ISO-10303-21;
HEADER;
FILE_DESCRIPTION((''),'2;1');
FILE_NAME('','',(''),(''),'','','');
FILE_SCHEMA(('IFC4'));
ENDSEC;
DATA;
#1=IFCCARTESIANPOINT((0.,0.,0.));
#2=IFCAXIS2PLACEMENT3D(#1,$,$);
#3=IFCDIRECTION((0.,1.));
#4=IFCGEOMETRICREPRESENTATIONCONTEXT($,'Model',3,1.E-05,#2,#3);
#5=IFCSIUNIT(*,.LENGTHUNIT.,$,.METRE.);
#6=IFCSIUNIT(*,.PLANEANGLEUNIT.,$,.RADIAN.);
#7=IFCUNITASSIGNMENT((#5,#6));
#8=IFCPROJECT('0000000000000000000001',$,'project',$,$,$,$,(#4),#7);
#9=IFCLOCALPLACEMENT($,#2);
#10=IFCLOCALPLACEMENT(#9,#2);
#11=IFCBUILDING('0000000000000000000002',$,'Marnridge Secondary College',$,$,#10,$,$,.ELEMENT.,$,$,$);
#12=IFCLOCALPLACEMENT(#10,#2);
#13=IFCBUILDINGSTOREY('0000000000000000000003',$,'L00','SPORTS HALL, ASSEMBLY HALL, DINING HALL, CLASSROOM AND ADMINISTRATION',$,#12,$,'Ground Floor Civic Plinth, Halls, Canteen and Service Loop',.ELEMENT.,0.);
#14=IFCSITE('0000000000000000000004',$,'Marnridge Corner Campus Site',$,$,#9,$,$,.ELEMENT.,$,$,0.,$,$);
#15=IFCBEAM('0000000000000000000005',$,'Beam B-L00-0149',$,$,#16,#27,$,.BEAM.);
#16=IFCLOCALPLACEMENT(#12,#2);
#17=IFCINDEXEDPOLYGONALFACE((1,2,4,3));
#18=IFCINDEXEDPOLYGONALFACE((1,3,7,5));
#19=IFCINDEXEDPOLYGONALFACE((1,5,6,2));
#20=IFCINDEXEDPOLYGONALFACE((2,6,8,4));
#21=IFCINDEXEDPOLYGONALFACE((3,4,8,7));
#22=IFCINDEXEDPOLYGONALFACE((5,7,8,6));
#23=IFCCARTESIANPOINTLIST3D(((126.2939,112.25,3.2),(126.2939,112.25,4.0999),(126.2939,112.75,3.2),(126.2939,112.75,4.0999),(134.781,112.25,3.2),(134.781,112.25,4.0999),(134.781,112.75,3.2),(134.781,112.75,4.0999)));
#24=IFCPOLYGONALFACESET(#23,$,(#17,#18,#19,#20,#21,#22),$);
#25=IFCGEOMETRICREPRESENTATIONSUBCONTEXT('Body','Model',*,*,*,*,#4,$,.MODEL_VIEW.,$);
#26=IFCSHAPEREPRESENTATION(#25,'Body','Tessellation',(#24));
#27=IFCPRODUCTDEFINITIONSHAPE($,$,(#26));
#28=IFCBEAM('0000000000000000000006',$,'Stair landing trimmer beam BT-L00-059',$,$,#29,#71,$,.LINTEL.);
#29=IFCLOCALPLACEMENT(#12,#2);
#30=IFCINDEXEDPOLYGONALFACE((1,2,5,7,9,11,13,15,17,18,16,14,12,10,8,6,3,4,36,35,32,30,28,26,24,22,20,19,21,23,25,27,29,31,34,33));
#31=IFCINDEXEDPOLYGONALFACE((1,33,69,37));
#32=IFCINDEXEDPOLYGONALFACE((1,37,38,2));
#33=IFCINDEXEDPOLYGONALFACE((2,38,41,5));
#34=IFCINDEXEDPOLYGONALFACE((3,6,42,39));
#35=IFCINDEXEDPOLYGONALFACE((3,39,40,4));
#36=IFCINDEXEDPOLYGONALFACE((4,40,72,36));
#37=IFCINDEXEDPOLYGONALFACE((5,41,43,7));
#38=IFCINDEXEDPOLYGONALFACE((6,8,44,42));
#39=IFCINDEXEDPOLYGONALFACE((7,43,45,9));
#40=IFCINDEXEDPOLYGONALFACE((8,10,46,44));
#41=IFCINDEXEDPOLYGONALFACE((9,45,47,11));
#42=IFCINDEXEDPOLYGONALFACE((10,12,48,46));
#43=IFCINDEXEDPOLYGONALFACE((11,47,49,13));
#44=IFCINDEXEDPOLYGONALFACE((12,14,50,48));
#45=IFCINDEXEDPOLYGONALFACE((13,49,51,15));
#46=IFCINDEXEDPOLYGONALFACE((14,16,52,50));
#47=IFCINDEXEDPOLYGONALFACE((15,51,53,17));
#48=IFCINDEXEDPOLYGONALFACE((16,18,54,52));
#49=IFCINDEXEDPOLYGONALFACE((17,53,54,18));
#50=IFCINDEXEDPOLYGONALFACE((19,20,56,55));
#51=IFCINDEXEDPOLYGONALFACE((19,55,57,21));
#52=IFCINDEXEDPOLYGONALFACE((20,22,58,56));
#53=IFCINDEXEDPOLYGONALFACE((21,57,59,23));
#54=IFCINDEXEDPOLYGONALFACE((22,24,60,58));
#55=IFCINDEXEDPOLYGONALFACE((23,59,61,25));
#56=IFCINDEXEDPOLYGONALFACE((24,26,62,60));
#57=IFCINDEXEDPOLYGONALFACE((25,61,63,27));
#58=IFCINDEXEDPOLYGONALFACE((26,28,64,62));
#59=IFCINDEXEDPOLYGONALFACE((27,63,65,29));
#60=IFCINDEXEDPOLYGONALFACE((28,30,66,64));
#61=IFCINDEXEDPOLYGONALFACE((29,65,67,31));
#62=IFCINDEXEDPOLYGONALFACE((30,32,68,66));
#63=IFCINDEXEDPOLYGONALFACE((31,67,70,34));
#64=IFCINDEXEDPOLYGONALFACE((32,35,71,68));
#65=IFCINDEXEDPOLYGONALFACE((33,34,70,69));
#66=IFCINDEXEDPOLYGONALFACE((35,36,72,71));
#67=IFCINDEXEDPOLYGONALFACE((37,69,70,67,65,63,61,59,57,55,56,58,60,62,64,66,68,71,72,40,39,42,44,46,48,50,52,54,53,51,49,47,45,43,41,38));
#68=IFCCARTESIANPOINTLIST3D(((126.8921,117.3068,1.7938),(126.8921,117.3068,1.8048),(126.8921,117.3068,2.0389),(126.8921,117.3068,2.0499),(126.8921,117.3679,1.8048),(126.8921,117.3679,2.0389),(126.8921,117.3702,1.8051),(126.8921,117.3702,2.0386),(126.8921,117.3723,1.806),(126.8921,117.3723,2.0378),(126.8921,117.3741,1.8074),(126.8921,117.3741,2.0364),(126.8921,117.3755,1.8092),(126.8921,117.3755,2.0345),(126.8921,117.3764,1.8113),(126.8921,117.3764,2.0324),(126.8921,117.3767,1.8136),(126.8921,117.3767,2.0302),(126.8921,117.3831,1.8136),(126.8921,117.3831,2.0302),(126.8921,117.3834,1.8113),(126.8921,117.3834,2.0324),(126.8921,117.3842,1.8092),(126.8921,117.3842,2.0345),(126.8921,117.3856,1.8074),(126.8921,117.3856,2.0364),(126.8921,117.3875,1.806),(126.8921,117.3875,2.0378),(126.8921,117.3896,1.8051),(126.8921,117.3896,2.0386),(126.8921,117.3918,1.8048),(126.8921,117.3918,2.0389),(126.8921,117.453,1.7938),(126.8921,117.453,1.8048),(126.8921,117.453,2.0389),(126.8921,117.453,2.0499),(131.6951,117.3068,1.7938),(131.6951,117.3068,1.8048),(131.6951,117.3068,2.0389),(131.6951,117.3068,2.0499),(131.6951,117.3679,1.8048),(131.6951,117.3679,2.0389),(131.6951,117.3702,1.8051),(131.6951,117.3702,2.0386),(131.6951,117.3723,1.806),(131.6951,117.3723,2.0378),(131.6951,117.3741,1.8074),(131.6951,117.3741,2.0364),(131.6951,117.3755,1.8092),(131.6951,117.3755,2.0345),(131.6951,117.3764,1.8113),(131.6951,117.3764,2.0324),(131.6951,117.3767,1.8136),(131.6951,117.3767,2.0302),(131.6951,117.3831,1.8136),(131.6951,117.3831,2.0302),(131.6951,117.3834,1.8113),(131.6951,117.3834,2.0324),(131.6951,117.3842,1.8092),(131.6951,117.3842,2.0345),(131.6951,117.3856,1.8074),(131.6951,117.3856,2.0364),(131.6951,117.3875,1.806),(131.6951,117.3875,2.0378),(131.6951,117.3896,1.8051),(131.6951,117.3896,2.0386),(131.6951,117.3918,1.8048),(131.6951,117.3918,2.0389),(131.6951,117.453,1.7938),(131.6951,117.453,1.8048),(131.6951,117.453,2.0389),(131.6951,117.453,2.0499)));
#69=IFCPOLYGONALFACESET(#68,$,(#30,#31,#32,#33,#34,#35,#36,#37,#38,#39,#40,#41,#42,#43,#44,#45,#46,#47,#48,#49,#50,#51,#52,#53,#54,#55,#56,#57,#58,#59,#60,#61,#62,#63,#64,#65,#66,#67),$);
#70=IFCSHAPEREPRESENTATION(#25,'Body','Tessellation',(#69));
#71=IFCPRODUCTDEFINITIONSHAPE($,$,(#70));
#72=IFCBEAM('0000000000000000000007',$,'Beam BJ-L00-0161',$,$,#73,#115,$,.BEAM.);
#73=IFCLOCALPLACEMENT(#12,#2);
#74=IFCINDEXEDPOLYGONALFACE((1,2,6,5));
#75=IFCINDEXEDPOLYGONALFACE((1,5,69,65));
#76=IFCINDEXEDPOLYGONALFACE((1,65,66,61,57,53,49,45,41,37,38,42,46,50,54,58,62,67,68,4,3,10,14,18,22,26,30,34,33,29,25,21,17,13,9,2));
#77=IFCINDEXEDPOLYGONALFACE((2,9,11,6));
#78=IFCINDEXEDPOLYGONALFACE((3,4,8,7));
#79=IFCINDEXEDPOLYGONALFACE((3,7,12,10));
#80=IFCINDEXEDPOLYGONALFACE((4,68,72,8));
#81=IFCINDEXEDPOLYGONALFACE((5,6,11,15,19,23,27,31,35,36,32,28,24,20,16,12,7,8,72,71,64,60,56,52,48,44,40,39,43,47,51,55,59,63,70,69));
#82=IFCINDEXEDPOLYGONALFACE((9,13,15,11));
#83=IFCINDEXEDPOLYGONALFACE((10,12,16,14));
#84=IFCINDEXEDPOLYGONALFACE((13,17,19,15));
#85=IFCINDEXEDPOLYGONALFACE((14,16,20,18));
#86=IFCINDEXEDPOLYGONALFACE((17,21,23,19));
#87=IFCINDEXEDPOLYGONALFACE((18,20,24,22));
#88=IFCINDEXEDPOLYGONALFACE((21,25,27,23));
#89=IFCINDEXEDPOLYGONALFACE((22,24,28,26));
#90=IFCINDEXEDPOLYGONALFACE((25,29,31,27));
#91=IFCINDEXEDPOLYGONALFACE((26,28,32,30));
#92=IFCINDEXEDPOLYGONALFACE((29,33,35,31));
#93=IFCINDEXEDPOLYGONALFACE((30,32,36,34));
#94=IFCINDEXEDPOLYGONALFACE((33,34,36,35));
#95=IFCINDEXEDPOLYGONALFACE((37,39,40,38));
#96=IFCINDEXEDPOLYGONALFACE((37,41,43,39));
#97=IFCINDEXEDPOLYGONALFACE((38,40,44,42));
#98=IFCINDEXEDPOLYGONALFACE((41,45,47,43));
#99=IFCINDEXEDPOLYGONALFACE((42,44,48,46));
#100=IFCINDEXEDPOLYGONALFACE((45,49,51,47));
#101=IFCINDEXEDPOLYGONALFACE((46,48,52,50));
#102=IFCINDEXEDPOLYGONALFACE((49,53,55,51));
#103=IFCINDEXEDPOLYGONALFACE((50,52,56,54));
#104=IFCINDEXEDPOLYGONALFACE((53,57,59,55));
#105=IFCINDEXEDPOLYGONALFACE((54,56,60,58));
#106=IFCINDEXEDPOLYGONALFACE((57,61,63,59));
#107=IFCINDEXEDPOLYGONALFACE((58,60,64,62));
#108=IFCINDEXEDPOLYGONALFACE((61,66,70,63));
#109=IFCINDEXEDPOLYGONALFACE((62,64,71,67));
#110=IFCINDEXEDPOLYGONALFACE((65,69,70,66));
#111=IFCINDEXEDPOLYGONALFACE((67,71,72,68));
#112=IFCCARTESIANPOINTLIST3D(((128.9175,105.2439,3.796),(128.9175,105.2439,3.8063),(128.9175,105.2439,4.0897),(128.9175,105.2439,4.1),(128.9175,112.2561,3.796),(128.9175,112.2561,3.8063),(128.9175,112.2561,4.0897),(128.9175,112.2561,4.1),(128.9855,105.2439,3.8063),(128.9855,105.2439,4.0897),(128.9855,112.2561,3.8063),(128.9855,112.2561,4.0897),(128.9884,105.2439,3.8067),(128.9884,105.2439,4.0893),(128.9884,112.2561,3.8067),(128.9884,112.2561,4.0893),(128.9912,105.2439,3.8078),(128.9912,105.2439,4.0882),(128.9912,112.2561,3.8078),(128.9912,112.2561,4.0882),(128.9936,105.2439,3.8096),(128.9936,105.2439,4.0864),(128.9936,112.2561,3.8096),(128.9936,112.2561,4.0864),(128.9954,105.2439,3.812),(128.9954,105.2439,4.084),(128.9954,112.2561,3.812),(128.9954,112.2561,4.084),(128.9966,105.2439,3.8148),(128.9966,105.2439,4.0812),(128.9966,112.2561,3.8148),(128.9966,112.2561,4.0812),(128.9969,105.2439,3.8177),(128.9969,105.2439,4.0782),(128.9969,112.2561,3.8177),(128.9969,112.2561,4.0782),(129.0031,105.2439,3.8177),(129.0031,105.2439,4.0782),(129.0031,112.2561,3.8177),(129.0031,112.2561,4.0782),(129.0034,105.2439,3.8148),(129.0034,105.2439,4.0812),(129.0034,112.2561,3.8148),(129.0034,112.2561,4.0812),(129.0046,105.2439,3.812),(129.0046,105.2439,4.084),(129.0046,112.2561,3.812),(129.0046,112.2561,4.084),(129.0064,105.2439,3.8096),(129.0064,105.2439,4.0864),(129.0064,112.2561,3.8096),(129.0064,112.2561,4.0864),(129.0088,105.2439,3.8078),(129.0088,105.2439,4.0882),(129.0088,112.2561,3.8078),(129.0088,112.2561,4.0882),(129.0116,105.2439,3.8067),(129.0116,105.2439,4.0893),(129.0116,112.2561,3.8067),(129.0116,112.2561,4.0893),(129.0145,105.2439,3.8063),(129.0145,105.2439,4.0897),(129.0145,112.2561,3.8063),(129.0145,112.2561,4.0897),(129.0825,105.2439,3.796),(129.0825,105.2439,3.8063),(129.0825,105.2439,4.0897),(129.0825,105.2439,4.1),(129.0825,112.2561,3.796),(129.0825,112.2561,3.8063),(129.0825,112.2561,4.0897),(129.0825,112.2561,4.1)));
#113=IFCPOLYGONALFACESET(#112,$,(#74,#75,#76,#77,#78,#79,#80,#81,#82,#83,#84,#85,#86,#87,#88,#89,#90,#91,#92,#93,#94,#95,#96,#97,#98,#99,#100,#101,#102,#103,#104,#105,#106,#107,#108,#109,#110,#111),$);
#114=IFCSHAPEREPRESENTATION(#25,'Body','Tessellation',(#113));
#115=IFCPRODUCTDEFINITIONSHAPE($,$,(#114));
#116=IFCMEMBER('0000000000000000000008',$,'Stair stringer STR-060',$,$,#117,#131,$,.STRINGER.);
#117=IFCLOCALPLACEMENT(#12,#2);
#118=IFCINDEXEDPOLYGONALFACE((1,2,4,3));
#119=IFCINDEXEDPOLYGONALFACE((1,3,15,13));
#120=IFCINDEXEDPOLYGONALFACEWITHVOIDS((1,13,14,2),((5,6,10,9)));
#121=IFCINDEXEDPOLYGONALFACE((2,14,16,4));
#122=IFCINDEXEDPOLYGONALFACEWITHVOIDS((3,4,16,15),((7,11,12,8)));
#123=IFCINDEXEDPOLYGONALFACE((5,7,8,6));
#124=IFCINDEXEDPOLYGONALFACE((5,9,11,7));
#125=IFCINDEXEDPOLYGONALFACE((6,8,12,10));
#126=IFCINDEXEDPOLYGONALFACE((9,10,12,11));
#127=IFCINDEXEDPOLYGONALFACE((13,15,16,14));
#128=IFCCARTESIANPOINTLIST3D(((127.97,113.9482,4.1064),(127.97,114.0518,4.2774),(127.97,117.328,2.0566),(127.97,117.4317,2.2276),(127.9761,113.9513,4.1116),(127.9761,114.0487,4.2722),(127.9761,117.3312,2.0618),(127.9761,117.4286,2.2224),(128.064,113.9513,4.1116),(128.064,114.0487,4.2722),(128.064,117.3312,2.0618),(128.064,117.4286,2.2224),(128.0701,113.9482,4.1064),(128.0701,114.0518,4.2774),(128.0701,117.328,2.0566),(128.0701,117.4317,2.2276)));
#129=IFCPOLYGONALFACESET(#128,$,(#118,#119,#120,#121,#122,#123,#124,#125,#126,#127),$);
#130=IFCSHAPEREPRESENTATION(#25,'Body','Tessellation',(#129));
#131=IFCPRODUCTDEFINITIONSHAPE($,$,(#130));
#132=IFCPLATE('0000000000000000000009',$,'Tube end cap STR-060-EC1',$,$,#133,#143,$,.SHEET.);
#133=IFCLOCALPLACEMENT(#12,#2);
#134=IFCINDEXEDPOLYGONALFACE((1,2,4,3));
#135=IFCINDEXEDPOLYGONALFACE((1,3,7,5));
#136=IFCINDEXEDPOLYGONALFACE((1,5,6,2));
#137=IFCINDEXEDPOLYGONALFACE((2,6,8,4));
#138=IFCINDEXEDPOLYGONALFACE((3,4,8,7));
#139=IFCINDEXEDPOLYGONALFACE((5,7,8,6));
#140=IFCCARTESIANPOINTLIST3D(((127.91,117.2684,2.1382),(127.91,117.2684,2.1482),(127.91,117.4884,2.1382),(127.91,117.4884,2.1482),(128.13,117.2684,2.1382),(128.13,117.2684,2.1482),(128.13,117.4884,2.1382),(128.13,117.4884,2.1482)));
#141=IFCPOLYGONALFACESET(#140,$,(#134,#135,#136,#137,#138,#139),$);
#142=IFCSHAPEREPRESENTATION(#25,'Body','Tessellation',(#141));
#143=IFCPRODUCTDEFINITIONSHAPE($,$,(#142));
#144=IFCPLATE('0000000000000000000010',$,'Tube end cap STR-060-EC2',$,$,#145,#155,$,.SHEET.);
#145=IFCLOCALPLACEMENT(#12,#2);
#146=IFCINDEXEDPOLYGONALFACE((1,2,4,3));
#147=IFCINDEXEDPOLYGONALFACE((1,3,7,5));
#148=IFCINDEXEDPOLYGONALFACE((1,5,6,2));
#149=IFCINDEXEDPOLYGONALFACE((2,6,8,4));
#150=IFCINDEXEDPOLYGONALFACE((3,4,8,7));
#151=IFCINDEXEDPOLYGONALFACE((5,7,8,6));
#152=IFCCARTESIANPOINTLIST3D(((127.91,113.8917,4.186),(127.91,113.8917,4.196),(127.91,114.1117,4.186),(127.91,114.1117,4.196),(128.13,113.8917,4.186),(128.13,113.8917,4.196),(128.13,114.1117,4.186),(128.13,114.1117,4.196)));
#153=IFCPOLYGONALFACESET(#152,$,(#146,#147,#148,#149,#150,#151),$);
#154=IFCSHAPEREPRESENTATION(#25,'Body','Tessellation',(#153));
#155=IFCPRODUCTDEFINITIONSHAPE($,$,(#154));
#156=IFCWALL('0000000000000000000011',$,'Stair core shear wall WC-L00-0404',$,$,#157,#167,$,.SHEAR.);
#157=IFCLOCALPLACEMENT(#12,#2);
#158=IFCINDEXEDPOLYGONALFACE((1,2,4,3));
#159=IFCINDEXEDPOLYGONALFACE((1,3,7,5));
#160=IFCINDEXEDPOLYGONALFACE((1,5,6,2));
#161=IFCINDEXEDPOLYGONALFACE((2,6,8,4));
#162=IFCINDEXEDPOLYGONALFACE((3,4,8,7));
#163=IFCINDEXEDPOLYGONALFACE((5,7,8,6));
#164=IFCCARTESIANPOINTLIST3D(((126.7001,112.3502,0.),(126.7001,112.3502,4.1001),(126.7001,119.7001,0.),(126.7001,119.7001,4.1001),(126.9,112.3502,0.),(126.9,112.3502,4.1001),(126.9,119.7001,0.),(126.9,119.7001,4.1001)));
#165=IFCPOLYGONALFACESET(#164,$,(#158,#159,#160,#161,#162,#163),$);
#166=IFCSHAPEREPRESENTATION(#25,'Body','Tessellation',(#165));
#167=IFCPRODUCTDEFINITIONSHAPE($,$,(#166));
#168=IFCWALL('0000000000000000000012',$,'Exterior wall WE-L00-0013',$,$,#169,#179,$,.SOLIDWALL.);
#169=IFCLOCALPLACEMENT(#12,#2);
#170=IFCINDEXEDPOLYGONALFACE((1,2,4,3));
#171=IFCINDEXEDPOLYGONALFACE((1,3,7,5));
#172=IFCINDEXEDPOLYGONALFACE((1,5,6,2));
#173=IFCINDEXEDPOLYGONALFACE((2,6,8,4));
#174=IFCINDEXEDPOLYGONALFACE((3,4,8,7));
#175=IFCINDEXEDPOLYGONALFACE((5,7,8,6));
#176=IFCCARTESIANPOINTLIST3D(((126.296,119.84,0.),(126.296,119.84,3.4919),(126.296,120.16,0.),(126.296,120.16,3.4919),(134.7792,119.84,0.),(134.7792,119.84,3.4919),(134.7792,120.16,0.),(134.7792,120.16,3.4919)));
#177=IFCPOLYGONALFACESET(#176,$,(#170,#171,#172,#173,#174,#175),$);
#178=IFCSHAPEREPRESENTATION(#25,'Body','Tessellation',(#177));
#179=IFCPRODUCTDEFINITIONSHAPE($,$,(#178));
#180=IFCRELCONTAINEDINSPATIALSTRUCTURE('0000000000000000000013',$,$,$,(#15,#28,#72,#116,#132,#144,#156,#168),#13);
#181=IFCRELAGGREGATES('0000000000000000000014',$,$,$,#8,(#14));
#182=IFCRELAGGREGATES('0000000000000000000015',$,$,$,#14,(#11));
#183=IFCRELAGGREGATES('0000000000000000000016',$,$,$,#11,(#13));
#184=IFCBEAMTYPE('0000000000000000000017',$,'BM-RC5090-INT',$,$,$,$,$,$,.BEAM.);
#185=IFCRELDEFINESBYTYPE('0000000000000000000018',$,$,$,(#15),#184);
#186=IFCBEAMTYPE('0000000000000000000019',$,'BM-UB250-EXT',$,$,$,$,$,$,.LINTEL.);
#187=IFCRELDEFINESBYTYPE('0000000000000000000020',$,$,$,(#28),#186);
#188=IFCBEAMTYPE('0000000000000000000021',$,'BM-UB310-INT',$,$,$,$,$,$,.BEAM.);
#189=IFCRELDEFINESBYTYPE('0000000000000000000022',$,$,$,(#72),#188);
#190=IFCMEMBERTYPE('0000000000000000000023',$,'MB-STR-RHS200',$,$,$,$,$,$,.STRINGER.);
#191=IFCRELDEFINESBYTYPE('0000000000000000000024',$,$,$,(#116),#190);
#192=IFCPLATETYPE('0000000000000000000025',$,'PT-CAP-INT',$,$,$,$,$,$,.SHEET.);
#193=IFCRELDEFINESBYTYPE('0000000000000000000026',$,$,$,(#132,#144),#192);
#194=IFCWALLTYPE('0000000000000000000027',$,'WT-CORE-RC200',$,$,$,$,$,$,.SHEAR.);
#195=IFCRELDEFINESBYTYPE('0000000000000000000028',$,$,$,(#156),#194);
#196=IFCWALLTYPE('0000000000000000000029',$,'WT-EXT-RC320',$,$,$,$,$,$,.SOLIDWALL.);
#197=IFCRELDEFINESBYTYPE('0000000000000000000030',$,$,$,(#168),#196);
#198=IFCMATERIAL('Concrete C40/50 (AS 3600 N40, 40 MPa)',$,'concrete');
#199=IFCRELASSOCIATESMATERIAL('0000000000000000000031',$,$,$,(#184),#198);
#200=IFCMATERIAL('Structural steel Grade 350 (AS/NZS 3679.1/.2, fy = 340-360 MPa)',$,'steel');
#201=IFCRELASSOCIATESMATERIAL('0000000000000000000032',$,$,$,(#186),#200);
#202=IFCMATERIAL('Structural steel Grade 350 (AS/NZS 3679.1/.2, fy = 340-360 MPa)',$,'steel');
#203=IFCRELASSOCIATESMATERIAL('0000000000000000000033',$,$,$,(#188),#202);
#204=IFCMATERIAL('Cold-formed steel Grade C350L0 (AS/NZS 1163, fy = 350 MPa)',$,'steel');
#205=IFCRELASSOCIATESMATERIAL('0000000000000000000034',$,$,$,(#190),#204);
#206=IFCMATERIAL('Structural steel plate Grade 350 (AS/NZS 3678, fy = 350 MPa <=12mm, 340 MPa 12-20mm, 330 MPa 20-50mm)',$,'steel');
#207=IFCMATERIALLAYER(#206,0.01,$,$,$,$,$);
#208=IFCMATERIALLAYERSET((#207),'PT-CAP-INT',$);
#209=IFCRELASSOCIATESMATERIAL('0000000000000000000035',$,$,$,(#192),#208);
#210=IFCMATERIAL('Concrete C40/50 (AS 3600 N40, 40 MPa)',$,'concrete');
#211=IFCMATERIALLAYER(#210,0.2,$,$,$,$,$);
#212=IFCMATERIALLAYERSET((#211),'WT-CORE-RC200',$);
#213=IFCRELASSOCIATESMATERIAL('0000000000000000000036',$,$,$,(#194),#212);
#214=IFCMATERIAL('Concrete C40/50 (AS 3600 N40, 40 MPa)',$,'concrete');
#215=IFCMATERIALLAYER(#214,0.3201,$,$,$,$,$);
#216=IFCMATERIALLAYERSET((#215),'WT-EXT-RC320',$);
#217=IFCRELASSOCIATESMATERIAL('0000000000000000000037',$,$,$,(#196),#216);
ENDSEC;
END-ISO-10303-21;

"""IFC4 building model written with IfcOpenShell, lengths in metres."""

from ifc_helpers import new_model, si_unit, direction, frame, frame_2d, origin, origin_2d, place, context, subcontext, project, spatial, rectangle, hollow_rectangle, i_section, extrude, material, layer, layer_set, material_profile, profile_set, type_object, element, save


model = new_model("IFC4")

# Units and contexts
model_context = context("Model", 3, precision=1e-05, world=origin(), true_north=direction((0.0, 1.0)))
body_context = subcontext(model_context, "Body", "Model", "MODEL_VIEW")
ifc_project = project(units=[si_unit("LENGTHUNIT", "METRE"), si_unit("PLANEANGLEUNIT", "RADIAN")], contexts=[model_context])

# Site, building, storey
site_placement = place(None, origin())
site = spatial("IfcSite", under=ifc_project, at=site_placement, Name="Marnridge Corner Campus Site", CompositionType="ELEMENT", RefElevation=0.0)
building_placement = place(site_placement, origin())
building = spatial("IfcBuilding", under=site, at=building_placement, Name="Marnridge Secondary College", CompositionType="ELEMENT")
storey_placement = place(building_placement, origin())
storey = spatial("IfcBuildingStorey", under=building, at=storey_placement, Name="L00", Description="SPORTS HALL, ASSEMBLY HALL, DINING HALL, CLASSROOM AND ADMINISTRATION", LongName="Ground Floor Civic Plinth, Halls, Canteen and Service Loop", CompositionType="ELEMENT", Elevation=0.0)

# Beams
ifc_material_1 = material(Name="Concrete C40/50 (AS 3600 N40, 40 MPa)", Category="concrete")
ifc_material_profile_1 = material_profile(ifc_material_1, rectangle(XDim=0.5, YDim=0.8999, at=origin_2d()), Name="RC 500x900")
ifc_profile_set_1 = profile_set([ifc_material_profile_1], Name="Concrete C40/50 (AS 3600 N40, 40 MPa)")
beam_type_1 = type_object("IfcBeamType", Name="BM-RC5090-INT", PredefinedType="BEAM", material=ifc_profile_set_1)
for number, where, z_axis, x_axis, name in (
    (1, (126.2939, 112.5, 3.6499), (1.0, 0.0, 0.0), (0.0, 1.0, 0.0), "Beam B-L00-0149"),
):
    element("IfcBeam", number, at=place(storey_placement, frame(where, z_axis=z_axis, x_axis=x_axis)), inside=storey, type_object=beam_type_1, Name=name, PredefinedType="BEAM", context=body_context, shape_type="SweptSolid", body=[
        extrude(rectangle(XDim=0.5, YDim=0.8999, at=origin_2d()), origin(), (0.0, 0.0, 1.0), 8.4871),
    ])
ifc_material_2 = material(Name="Structural steel Grade 350 (AS/NZS 3679.1/.2, fy = 340-360 MPa)", Category="steel")
ifc_material_profile_2 = material_profile(ifc_material_2, i_section(OverallWidth=0.1462, OverallDepth=0.2561, WebThickness=0.0063, FlangeThickness=0.011, FilletRadius=0.0088, at=origin_2d()), Name="250UB37.3")
ifc_profile_set_2 = profile_set([ifc_material_profile_2], Name="Structural steel Grade 350 (AS/NZS 3679.1/.2, fy = 340-360 MPa)")
beam_type_2 = type_object("IfcBeamType", Name="BM-UB250-EXT", PredefinedType="LINTEL", material=ifc_profile_set_2)
beam_1_placement = place(storey_placement, frame((126.8921, 117.3799, 1.9219), z_axis=(1.0, 0.0, 0.0), x_axis=(0.0, 1.0, 0.0)))
element("IfcBeam", 2, at=beam_1_placement, inside=storey, type_object=beam_type_2, Name="Stair landing trimmer beam BT-L00-059", PredefinedType="LINTEL", context=body_context, shape_type="SweptSolid", body=[
    extrude(i_section(OverallWidth=0.1462, OverallDepth=0.2561, WebThickness=0.0063, FlangeThickness=0.011, FilletRadius=0.0088, at=origin_2d()), origin(), (0.0, 0.0, 1.0), 4.803),
])
ifc_material_3 = material(Name="Structural steel Grade 350 (AS/NZS 3679.1/.2, fy = 340-360 MPa)", Category="steel")
ifc_material_profile_3 = material_profile(ifc_material_3, i_section(OverallWidth=0.165, OverallDepth=0.304, WebThickness=0.0061, FlangeThickness=0.0103, FilletRadius=0.0115, at=origin_2d()), Name="310UB40.4")
ifc_profile_set_3 = profile_set([ifc_material_profile_3], Name="Structural steel Grade 350 (AS/NZS 3679.1/.2, fy = 340-360 MPa)")
beam_type_3 = type_object("IfcBeamType", Name="BM-UB310-INT", PredefinedType="BEAM", material=ifc_profile_set_3)
beam_2_placement = place(storey_placement, frame((129.0, 105.2439, 3.948), z_axis=(0.0, 1.0, 0.0), x_axis=(-1.0, 0.0, 0.0)))
element("IfcBeam", 3, at=beam_2_placement, inside=storey, type_object=beam_type_3, Name="Beam BJ-L00-0161", PredefinedType="BEAM", context=body_context, shape_type="SweptSolid", body=[
    extrude(i_section(OverallWidth=0.165, OverallDepth=0.304, WebThickness=0.0061, FlangeThickness=0.0103, FilletRadius=0.0115, at=origin_2d()), origin(), (0.0, 0.0, 1.0), 7.0122),
])

# Member
ifc_material_4 = material(Name="Cold-formed steel Grade C350L0 (AS/NZS 1163, fy = 350 MPa)", Category="steel")
ifc_material_profile_4 = material_profile(ifc_material_4, hollow_rectangle(XDim=0.1001, YDim=0.2, WallThickness=0.0061, at=origin_2d()), Name="200x100x6.0RHS")
ifc_profile_set_4 = profile_set([ifc_material_profile_4], Name="Cold-formed steel Grade C350L0 (AS/NZS 1163, fy = 350 MPa)")
member_type = type_object("IfcMemberType", Name="MB-STR-RHS200", PredefinedType="STRINGER", material=ifc_profile_set_4)
member_placement = place(storey_placement, frame((128.02, 117.3799, 2.1421), z_axis=(0.0, -0.855042, 0.518559), x_axis=(1.0, 0.0, 0.0)))
element("IfcMember", 4, at=member_placement, inside=storey, type_object=member_type, Name="Stair stringer STR-060", PredefinedType="STRINGER", context=body_context, shape_type="SweptSolid", body=[
    extrude(hollow_rectangle(XDim=0.1001, YDim=0.2, WallThickness=0.0061, at=origin_2d()), origin(), (0.0, 0.0, 1.0), 3.9529),
])

# Plates
ifc_material_5 = material(Name="Structural steel plate Grade 350 (AS/NZS 3678, fy = 350 MPa <=12mm, 340 MPa 12-20mm, 330 MPa 20-50mm)", Category="steel")
ifc_layer_1 = layer(ifc_material_5, 0.01)
ifc_layer_set_1 = layer_set([ifc_layer_1], Name="PT-CAP-INT")
plate_type = type_object("IfcPlateType", Name="PT-CAP-INT", PredefinedType="SHEET", material=ifc_layer_set_1)
for number, where, z_axis, x_axis, name in (
    (5, (128.02, 117.3784, 2.1382), (0.0, 0.0, 1.0), (0.0, -1.0, 0.0), "Tube end cap STR-060-EC1"),
    (6, (128.02, 114.0017, 4.186), (0.0, 0.0, 1.0), (0.0, -1.0, 0.0), "Tube end cap STR-060-EC2"),
):
    element("IfcPlate", number, at=place(storey_placement, frame(where, z_axis=z_axis, x_axis=x_axis)), inside=storey, type_object=plate_type, Name=name, PredefinedType="SHEET", context=body_context, shape_type="SweptSolid", body=[
        extrude(rectangle(XDim=0.22, YDim=0.22, at=origin_2d()), origin(), (0.0, 0.0, 1.0), 0.01),
    ])

# Walls
ifc_material_6 = material(Name="Concrete C40/50 (AS 3600 N40, 40 MPa)", Category="concrete")
ifc_layer_2 = layer(ifc_material_6, 0.2)
ifc_layer_set_2 = layer_set([ifc_layer_2], Name="WT-CORE-RC200")
wall_type_1 = type_object("IfcWallType", Name="WT-CORE-RC200", PredefinedType="SHEAR", material=ifc_layer_set_2)
wall_1_placement = place(storey_placement, frame((126.8, 119.7, 0.0), z_axis=(0.0, 0.0, 1.0), x_axis=(0.0, -1.0, 0.0)))
element("IfcWall", 7, at=wall_1_placement, inside=storey, type_object=wall_type_1, Name="Stair core shear wall WC-L00-0404", PredefinedType="SHEAR", context=body_context, shape_type="SweptSolid", body=[
    extrude(rectangle(XDim=7.3499, YDim=0.2, at=frame_2d((3.6748, 0.0))), origin(), (0.0, 0.0, 1.0), 4.1001),
])
ifc_material_7 = material(Name="Concrete C40/50 (AS 3600 N40, 40 MPa)", Category="concrete")
ifc_layer_3 = layer(ifc_material_7, 0.3201)
ifc_layer_set_3 = layer_set([ifc_layer_3], Name="WT-EXT-RC320")
wall_type_2 = type_object("IfcWallType", Name="WT-EXT-RC320", PredefinedType="SOLIDWALL", material=ifc_layer_set_3)
wall_2_placement = place(storey_placement, frame((126.2959, 120.0, 0.0), z_axis=(0.0, 0.0, 1.0), x_axis=(1.0, 0.0, 0.0)))
element("IfcWall", 8, at=wall_2_placement, inside=storey, type_object=wall_type_2, Name="Exterior wall WE-L00-0013", PredefinedType="SOLIDWALL", context=body_context, shape_type="SweptSolid", body=[
    extrude(rectangle(XDim=8.4832, YDim=0.3201, at=frame_2d((4.2417, 0.0))), origin(), (0.0, 0.0, 1.0), 3.4919),
])

save(model, "model.ifc")
